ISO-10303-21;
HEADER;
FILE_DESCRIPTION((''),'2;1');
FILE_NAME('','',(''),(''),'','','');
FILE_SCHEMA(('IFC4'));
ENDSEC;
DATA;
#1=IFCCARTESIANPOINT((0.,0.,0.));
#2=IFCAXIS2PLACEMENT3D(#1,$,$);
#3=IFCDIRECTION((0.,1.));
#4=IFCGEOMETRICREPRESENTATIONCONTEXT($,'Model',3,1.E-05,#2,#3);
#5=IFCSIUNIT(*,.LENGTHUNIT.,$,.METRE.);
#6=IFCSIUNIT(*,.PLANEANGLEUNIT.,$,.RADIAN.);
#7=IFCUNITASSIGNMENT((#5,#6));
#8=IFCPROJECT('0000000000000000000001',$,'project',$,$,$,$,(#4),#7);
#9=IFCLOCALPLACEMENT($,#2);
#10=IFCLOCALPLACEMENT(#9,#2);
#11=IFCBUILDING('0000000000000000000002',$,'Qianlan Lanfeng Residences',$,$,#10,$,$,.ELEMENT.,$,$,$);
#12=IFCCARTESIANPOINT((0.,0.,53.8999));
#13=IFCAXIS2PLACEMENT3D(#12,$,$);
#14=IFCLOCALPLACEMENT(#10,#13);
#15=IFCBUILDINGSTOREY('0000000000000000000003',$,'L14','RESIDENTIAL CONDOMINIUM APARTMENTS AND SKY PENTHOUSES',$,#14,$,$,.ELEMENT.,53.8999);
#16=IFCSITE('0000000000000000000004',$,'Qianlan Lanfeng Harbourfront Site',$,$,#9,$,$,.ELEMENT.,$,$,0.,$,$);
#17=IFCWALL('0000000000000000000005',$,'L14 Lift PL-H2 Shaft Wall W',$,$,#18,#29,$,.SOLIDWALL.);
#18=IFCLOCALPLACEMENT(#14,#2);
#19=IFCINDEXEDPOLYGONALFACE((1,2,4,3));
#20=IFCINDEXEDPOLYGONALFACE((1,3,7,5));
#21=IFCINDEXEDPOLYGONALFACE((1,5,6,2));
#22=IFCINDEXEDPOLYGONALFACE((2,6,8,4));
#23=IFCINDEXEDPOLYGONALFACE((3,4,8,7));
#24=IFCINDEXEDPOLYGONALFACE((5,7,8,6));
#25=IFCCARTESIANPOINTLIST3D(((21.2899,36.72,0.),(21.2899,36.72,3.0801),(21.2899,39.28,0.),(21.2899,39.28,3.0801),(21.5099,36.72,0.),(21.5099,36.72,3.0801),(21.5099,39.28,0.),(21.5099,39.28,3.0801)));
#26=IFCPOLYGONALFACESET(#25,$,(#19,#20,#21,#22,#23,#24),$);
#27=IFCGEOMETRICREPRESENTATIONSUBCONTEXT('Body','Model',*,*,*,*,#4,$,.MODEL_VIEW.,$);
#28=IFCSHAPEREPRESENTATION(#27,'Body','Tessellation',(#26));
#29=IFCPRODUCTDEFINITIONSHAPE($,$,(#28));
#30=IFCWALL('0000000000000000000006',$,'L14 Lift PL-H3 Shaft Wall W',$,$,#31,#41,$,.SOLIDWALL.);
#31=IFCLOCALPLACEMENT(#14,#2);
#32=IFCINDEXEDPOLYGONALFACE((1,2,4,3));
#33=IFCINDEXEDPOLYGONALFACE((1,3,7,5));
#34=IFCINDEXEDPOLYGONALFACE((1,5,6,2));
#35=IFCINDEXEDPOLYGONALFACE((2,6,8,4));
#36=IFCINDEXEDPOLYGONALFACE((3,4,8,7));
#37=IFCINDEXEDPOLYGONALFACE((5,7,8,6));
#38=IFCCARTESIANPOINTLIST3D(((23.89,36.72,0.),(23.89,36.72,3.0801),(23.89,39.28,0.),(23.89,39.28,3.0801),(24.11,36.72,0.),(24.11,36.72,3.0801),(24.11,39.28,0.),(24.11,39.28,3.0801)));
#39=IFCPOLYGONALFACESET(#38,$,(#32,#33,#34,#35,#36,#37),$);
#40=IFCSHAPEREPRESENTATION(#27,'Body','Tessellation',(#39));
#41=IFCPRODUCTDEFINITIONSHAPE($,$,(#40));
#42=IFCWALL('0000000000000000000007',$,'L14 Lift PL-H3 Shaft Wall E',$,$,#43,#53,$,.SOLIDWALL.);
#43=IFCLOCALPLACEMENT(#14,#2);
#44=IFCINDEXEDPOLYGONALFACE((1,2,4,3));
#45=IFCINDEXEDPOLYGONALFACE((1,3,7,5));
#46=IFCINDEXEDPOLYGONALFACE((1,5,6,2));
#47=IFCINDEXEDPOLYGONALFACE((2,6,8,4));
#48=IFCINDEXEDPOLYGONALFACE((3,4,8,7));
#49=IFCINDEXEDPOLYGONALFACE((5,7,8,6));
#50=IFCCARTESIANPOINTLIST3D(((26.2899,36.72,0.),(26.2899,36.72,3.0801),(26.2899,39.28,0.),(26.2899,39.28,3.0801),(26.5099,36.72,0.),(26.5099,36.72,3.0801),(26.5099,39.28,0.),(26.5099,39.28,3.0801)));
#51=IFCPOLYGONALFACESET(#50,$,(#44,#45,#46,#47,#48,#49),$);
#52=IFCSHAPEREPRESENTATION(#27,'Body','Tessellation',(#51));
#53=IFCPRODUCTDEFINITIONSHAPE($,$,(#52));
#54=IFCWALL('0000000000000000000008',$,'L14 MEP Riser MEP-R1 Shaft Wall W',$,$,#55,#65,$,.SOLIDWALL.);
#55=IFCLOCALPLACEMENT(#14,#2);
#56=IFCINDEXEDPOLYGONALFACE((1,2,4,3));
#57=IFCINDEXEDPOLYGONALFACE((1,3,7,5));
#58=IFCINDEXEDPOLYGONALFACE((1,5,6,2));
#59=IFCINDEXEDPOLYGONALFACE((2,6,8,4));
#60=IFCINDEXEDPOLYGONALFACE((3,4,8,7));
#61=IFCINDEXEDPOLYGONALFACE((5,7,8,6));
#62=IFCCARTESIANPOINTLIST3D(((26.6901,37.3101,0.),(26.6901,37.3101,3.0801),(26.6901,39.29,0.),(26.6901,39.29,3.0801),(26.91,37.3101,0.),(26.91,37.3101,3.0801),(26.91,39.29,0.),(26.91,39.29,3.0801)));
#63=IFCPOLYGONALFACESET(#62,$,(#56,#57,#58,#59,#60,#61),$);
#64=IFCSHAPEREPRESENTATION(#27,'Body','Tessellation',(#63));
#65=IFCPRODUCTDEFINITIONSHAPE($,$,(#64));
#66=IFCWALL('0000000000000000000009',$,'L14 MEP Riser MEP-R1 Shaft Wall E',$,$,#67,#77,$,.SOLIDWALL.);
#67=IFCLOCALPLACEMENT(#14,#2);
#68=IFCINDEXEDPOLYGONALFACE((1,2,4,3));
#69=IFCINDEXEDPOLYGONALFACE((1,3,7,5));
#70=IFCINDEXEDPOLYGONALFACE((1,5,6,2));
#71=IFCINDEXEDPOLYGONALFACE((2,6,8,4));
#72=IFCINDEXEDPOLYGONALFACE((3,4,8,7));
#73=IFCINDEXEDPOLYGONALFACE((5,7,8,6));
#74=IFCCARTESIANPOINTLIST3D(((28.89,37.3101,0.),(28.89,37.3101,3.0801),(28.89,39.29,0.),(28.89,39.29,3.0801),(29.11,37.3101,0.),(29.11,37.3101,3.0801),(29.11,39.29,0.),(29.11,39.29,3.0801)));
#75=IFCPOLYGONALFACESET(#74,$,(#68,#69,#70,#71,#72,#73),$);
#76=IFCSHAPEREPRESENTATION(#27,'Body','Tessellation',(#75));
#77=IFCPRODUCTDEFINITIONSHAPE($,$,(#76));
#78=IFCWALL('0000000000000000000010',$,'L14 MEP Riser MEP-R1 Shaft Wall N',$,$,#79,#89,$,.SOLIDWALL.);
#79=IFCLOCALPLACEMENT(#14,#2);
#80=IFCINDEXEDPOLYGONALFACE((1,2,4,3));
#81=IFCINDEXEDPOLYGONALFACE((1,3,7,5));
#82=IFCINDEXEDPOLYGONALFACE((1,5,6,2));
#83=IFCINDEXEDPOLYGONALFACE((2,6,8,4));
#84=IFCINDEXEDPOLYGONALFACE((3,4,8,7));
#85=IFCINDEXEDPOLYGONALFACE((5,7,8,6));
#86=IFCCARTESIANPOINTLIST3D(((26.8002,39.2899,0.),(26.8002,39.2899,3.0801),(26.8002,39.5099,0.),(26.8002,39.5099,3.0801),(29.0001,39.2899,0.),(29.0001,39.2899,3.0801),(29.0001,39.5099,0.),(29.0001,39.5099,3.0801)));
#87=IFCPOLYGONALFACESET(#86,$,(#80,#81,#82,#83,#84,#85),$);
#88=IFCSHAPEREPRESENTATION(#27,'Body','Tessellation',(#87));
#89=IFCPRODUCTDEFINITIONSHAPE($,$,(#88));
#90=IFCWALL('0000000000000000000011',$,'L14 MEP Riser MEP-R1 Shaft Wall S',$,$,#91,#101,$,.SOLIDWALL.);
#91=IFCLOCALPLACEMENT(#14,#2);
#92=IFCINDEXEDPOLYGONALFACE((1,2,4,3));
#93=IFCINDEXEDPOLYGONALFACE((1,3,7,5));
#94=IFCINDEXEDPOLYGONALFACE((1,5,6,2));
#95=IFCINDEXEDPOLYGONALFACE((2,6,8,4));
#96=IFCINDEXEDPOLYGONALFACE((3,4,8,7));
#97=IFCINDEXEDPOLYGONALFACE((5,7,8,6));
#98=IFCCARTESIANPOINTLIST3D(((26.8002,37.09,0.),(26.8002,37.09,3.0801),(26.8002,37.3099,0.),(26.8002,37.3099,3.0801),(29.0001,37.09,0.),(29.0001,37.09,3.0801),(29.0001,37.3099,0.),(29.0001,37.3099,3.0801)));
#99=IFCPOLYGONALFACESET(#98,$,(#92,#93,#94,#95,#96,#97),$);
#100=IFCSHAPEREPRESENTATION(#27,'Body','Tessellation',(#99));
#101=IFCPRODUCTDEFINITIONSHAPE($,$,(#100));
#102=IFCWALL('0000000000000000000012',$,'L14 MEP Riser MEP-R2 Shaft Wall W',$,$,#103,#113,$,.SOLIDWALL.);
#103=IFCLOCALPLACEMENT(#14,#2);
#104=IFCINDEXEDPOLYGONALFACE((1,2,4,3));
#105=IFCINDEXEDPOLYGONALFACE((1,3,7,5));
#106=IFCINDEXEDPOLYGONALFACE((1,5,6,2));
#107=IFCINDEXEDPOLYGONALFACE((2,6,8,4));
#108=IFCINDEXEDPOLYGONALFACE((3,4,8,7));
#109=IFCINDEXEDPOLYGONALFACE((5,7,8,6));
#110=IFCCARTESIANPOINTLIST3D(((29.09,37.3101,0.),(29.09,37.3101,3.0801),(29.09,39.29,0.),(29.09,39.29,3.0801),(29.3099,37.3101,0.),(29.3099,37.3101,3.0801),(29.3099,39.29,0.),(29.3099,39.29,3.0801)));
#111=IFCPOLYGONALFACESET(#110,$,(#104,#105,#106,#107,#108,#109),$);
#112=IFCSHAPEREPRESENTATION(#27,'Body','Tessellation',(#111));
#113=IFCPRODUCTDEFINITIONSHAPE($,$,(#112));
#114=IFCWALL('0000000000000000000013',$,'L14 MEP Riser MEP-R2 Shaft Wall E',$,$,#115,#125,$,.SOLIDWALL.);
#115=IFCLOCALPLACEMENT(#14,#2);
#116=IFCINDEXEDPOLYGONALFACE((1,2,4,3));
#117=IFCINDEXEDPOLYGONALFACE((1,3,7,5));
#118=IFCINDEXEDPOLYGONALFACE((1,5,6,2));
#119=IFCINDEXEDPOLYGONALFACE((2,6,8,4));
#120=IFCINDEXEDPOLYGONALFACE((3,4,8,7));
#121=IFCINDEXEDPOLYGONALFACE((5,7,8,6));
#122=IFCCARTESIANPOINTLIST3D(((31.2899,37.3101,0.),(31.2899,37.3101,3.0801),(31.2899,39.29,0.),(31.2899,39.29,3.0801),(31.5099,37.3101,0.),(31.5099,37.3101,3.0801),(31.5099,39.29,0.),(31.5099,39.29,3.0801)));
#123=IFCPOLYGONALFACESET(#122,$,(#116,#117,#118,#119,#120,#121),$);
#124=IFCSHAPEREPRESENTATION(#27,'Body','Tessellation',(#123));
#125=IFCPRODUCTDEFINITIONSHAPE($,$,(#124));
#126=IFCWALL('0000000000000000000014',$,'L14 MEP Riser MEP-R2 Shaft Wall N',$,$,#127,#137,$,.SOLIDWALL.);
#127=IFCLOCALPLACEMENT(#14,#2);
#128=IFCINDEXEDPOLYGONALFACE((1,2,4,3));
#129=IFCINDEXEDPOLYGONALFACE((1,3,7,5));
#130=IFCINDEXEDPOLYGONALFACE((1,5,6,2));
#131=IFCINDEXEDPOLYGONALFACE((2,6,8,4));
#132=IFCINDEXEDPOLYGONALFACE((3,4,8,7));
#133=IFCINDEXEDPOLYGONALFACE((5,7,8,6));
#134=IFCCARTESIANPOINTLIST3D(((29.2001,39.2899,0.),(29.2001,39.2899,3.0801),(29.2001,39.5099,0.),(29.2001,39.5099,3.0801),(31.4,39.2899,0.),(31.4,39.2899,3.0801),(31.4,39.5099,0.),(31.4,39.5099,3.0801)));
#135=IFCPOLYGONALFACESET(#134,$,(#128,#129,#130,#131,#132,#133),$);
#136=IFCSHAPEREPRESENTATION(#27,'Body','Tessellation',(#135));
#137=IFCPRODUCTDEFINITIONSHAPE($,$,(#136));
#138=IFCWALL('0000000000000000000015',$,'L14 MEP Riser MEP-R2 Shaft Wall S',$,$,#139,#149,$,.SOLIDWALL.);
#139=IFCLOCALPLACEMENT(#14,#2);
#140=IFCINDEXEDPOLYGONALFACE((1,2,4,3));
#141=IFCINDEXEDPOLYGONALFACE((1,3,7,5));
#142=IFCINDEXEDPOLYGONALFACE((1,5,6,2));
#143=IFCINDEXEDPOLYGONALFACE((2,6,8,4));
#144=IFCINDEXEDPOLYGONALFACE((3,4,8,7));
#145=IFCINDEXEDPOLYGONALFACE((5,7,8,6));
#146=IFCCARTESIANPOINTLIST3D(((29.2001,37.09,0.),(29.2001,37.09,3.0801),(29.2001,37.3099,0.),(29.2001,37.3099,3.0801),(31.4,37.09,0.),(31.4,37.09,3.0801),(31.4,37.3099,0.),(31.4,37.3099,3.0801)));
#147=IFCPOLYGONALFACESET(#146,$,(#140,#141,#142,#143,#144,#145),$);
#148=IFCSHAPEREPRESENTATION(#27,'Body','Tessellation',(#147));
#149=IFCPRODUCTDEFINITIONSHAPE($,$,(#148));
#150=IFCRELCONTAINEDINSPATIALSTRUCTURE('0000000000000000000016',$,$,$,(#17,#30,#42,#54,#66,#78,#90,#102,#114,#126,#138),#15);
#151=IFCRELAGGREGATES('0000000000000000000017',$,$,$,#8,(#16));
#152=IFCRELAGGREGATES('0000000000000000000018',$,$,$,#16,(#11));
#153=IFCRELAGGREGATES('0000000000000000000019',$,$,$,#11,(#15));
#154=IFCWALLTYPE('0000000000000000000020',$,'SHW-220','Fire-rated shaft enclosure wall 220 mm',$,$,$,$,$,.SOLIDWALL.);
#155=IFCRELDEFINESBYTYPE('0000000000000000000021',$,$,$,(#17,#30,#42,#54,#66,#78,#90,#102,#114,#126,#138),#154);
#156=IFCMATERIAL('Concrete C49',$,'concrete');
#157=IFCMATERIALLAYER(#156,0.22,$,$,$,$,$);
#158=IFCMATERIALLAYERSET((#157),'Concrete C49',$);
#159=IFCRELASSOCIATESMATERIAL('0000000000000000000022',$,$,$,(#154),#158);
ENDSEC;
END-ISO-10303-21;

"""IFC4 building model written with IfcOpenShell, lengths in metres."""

from ifc_helpers import new_model, si_unit, direction, frame, frame_2d, origin, place, context, subcontext, project, spatial, rectangle, extrude, material, layer, layer_set, type_object, element, save


model = new_model("IFC4")

# Units and contexts
model_context = context("Model", 3, precision=1e-05, world=origin(), true_north=direction((0.0, 1.0)))
body_context = subcontext(model_context, "Body", "Model", "MODEL_VIEW")
ifc_project = project(units=[si_unit("LENGTHUNIT", "METRE"), si_unit("PLANEANGLEUNIT", "RADIAN")], contexts=[model_context])

# Site, building, storey
site_placement = place(None, origin())
site = spatial("IfcSite", under=ifc_project, at=site_placement, Name="Qianlan Lanfeng Harbourfront Site", CompositionType="ELEMENT", RefElevation=0.0)
building_placement = place(site_placement, origin())
building = spatial("IfcBuilding", under=site, at=building_placement, Name="Qianlan Lanfeng Residences", CompositionType="ELEMENT")
storey_placement = place(building_placement, frame((0.0, 0.0, 53.8999)))
storey = spatial("IfcBuildingStorey", under=building, at=storey_placement, Name="L14", Description="RESIDENTIAL CONDOMINIUM APARTMENTS AND SKY PENTHOUSES", CompositionType="ELEMENT", Elevation=53.8999)

# Walls
ifc_material_1 = material(Name="Concrete C49", Category="concrete")
ifc_layer_1 = layer(ifc_material_1, 0.22)
ifc_layer_set_1 = layer_set([ifc_layer_1], Name="Concrete C49")
wall_type_1 = type_object("IfcWallType", Name="SHW-220", Description="Fire-rated shaft enclosure wall 220 mm", PredefinedType="SOLIDWALL", material=ifc_layer_set_1)
for number, where, z_axis, x_axis, name in (
    (1, (21.3999, 36.72, 0.0), (0.0, 0.0, 1.0), (0.0, 1.0, 0.0), "L14 Lift PL-H2 Shaft Wall W"),
    (2, (24.0, 36.72, 0.0), (0.0, 0.0, 1.0), (0.0, 1.0, 0.0), "L14 Lift PL-H3 Shaft Wall W"),
    (3, (26.3999, 36.72, 0.0), (0.0, 0.0, 1.0), (0.0, 1.0, 0.0), "L14 Lift PL-H3 Shaft Wall E"),
):
    element("IfcWall", number, at=place(storey_placement, frame(where, z_axis=z_axis, x_axis=x_axis)), inside=storey, type_object=wall_type_1, Name=name, PredefinedType="SOLIDWALL", context=body_context, shape_type="SweptSolid", body=[
        extrude(rectangle(XDim=2.5601, YDim=0.22, at=frame_2d((1.28, 0.0))), origin(), (0.0, 0.0, 1.0), 3.0801),
    ])
for number, where, z_axis, x_axis, name in (
    (4, (26.8, 37.3101, 0.0), (0.0, 0.0, 1.0), (0.0, 1.0, 0.0), "L14 MEP Riser MEP-R1 Shaft Wall W"),
    (5, (29.0, 37.3101, 0.0), (0.0, 0.0, 1.0), (0.0, 1.0, 0.0), "L14 MEP Riser MEP-R1 Shaft Wall E"),
):
    element("IfcWall", number, at=place(storey_placement, frame(where, z_axis=z_axis, x_axis=x_axis)), inside=storey, type_object=wall_type_1, Name=name, PredefinedType="SOLIDWALL", context=body_context, shape_type="SweptSolid", body=[
        extrude(rectangle(XDim=1.98, YDim=0.22, at=frame_2d((0.99, 0.0))), origin(), (0.0, 0.0, 1.0), 3.0801),
    ])
for number, where, z_axis, x_axis, name in (
    (6, (26.8, 39.3999, 0.0), (0.0, 0.0, 1.0), (1.0, 0.0, 0.0), "L14 MEP Riser MEP-R1 Shaft Wall N"),
    (7, (26.8, 37.2, 0.0), (0.0, 0.0, 1.0), (1.0, 0.0, 0.0), "L14 MEP Riser MEP-R1 Shaft Wall S"),
):
    element("IfcWall", number, at=place(storey_placement, frame(where, z_axis=z_axis, x_axis=x_axis)), inside=storey, type_object=wall_type_1, Name=name, PredefinedType="SOLIDWALL", context=body_context, shape_type="SweptSolid", body=[
        extrude(rectangle(XDim=2.2, YDim=0.22, at=frame_2d((1.1001, 0.0))), origin(), (0.0, 0.0, 1.0), 3.0801),
    ])
for number, where, z_axis, x_axis, name in (
    (8, (29.2, 37.3101, 0.0), (0.0, 0.0, 1.0), (0.0, 1.0, 0.0), "L14 MEP Riser MEP-R2 Shaft Wall W"),
    (9, (31.3999, 37.3101, 0.0), (0.0, 0.0, 1.0), (0.0, 1.0, 0.0), "L14 MEP Riser MEP-R2 Shaft Wall E"),
):
    element("IfcWall", number, at=place(storey_placement, frame(where, z_axis=z_axis, x_axis=x_axis)), inside=storey, type_object=wall_type_1, Name=name, PredefinedType="SOLIDWALL", context=body_context, shape_type="SweptSolid", body=[
        extrude(rectangle(XDim=1.98, YDim=0.22, at=frame_2d((0.99, 0.0))), origin(), (0.0, 0.0, 1.0), 3.0801),
    ])
for number, where, z_axis, x_axis, name in (
    (10, (29.2, 39.3999, 0.0), (0.0, 0.0, 1.0), (1.0, 0.0, 0.0), "L14 MEP Riser MEP-R2 Shaft Wall N"),
    (11, (29.2, 37.2, 0.0), (0.0, 0.0, 1.0), (1.0, 0.0, 0.0), "L14 MEP Riser MEP-R2 Shaft Wall S"),
):
    element("IfcWall", number, at=place(storey_placement, frame(where, z_axis=z_axis, x_axis=x_axis)), inside=storey, type_object=wall_type_1, Name=name, PredefinedType="SOLIDWALL", context=body_context, shape_type="SweptSolid", body=[
        extrude(rectangle(XDim=2.2, YDim=0.22, at=frame_2d((1.1001, 0.0))), origin(), (0.0, 0.0, 1.0), 3.0801),
    ])

save(model, "model.ifc")
